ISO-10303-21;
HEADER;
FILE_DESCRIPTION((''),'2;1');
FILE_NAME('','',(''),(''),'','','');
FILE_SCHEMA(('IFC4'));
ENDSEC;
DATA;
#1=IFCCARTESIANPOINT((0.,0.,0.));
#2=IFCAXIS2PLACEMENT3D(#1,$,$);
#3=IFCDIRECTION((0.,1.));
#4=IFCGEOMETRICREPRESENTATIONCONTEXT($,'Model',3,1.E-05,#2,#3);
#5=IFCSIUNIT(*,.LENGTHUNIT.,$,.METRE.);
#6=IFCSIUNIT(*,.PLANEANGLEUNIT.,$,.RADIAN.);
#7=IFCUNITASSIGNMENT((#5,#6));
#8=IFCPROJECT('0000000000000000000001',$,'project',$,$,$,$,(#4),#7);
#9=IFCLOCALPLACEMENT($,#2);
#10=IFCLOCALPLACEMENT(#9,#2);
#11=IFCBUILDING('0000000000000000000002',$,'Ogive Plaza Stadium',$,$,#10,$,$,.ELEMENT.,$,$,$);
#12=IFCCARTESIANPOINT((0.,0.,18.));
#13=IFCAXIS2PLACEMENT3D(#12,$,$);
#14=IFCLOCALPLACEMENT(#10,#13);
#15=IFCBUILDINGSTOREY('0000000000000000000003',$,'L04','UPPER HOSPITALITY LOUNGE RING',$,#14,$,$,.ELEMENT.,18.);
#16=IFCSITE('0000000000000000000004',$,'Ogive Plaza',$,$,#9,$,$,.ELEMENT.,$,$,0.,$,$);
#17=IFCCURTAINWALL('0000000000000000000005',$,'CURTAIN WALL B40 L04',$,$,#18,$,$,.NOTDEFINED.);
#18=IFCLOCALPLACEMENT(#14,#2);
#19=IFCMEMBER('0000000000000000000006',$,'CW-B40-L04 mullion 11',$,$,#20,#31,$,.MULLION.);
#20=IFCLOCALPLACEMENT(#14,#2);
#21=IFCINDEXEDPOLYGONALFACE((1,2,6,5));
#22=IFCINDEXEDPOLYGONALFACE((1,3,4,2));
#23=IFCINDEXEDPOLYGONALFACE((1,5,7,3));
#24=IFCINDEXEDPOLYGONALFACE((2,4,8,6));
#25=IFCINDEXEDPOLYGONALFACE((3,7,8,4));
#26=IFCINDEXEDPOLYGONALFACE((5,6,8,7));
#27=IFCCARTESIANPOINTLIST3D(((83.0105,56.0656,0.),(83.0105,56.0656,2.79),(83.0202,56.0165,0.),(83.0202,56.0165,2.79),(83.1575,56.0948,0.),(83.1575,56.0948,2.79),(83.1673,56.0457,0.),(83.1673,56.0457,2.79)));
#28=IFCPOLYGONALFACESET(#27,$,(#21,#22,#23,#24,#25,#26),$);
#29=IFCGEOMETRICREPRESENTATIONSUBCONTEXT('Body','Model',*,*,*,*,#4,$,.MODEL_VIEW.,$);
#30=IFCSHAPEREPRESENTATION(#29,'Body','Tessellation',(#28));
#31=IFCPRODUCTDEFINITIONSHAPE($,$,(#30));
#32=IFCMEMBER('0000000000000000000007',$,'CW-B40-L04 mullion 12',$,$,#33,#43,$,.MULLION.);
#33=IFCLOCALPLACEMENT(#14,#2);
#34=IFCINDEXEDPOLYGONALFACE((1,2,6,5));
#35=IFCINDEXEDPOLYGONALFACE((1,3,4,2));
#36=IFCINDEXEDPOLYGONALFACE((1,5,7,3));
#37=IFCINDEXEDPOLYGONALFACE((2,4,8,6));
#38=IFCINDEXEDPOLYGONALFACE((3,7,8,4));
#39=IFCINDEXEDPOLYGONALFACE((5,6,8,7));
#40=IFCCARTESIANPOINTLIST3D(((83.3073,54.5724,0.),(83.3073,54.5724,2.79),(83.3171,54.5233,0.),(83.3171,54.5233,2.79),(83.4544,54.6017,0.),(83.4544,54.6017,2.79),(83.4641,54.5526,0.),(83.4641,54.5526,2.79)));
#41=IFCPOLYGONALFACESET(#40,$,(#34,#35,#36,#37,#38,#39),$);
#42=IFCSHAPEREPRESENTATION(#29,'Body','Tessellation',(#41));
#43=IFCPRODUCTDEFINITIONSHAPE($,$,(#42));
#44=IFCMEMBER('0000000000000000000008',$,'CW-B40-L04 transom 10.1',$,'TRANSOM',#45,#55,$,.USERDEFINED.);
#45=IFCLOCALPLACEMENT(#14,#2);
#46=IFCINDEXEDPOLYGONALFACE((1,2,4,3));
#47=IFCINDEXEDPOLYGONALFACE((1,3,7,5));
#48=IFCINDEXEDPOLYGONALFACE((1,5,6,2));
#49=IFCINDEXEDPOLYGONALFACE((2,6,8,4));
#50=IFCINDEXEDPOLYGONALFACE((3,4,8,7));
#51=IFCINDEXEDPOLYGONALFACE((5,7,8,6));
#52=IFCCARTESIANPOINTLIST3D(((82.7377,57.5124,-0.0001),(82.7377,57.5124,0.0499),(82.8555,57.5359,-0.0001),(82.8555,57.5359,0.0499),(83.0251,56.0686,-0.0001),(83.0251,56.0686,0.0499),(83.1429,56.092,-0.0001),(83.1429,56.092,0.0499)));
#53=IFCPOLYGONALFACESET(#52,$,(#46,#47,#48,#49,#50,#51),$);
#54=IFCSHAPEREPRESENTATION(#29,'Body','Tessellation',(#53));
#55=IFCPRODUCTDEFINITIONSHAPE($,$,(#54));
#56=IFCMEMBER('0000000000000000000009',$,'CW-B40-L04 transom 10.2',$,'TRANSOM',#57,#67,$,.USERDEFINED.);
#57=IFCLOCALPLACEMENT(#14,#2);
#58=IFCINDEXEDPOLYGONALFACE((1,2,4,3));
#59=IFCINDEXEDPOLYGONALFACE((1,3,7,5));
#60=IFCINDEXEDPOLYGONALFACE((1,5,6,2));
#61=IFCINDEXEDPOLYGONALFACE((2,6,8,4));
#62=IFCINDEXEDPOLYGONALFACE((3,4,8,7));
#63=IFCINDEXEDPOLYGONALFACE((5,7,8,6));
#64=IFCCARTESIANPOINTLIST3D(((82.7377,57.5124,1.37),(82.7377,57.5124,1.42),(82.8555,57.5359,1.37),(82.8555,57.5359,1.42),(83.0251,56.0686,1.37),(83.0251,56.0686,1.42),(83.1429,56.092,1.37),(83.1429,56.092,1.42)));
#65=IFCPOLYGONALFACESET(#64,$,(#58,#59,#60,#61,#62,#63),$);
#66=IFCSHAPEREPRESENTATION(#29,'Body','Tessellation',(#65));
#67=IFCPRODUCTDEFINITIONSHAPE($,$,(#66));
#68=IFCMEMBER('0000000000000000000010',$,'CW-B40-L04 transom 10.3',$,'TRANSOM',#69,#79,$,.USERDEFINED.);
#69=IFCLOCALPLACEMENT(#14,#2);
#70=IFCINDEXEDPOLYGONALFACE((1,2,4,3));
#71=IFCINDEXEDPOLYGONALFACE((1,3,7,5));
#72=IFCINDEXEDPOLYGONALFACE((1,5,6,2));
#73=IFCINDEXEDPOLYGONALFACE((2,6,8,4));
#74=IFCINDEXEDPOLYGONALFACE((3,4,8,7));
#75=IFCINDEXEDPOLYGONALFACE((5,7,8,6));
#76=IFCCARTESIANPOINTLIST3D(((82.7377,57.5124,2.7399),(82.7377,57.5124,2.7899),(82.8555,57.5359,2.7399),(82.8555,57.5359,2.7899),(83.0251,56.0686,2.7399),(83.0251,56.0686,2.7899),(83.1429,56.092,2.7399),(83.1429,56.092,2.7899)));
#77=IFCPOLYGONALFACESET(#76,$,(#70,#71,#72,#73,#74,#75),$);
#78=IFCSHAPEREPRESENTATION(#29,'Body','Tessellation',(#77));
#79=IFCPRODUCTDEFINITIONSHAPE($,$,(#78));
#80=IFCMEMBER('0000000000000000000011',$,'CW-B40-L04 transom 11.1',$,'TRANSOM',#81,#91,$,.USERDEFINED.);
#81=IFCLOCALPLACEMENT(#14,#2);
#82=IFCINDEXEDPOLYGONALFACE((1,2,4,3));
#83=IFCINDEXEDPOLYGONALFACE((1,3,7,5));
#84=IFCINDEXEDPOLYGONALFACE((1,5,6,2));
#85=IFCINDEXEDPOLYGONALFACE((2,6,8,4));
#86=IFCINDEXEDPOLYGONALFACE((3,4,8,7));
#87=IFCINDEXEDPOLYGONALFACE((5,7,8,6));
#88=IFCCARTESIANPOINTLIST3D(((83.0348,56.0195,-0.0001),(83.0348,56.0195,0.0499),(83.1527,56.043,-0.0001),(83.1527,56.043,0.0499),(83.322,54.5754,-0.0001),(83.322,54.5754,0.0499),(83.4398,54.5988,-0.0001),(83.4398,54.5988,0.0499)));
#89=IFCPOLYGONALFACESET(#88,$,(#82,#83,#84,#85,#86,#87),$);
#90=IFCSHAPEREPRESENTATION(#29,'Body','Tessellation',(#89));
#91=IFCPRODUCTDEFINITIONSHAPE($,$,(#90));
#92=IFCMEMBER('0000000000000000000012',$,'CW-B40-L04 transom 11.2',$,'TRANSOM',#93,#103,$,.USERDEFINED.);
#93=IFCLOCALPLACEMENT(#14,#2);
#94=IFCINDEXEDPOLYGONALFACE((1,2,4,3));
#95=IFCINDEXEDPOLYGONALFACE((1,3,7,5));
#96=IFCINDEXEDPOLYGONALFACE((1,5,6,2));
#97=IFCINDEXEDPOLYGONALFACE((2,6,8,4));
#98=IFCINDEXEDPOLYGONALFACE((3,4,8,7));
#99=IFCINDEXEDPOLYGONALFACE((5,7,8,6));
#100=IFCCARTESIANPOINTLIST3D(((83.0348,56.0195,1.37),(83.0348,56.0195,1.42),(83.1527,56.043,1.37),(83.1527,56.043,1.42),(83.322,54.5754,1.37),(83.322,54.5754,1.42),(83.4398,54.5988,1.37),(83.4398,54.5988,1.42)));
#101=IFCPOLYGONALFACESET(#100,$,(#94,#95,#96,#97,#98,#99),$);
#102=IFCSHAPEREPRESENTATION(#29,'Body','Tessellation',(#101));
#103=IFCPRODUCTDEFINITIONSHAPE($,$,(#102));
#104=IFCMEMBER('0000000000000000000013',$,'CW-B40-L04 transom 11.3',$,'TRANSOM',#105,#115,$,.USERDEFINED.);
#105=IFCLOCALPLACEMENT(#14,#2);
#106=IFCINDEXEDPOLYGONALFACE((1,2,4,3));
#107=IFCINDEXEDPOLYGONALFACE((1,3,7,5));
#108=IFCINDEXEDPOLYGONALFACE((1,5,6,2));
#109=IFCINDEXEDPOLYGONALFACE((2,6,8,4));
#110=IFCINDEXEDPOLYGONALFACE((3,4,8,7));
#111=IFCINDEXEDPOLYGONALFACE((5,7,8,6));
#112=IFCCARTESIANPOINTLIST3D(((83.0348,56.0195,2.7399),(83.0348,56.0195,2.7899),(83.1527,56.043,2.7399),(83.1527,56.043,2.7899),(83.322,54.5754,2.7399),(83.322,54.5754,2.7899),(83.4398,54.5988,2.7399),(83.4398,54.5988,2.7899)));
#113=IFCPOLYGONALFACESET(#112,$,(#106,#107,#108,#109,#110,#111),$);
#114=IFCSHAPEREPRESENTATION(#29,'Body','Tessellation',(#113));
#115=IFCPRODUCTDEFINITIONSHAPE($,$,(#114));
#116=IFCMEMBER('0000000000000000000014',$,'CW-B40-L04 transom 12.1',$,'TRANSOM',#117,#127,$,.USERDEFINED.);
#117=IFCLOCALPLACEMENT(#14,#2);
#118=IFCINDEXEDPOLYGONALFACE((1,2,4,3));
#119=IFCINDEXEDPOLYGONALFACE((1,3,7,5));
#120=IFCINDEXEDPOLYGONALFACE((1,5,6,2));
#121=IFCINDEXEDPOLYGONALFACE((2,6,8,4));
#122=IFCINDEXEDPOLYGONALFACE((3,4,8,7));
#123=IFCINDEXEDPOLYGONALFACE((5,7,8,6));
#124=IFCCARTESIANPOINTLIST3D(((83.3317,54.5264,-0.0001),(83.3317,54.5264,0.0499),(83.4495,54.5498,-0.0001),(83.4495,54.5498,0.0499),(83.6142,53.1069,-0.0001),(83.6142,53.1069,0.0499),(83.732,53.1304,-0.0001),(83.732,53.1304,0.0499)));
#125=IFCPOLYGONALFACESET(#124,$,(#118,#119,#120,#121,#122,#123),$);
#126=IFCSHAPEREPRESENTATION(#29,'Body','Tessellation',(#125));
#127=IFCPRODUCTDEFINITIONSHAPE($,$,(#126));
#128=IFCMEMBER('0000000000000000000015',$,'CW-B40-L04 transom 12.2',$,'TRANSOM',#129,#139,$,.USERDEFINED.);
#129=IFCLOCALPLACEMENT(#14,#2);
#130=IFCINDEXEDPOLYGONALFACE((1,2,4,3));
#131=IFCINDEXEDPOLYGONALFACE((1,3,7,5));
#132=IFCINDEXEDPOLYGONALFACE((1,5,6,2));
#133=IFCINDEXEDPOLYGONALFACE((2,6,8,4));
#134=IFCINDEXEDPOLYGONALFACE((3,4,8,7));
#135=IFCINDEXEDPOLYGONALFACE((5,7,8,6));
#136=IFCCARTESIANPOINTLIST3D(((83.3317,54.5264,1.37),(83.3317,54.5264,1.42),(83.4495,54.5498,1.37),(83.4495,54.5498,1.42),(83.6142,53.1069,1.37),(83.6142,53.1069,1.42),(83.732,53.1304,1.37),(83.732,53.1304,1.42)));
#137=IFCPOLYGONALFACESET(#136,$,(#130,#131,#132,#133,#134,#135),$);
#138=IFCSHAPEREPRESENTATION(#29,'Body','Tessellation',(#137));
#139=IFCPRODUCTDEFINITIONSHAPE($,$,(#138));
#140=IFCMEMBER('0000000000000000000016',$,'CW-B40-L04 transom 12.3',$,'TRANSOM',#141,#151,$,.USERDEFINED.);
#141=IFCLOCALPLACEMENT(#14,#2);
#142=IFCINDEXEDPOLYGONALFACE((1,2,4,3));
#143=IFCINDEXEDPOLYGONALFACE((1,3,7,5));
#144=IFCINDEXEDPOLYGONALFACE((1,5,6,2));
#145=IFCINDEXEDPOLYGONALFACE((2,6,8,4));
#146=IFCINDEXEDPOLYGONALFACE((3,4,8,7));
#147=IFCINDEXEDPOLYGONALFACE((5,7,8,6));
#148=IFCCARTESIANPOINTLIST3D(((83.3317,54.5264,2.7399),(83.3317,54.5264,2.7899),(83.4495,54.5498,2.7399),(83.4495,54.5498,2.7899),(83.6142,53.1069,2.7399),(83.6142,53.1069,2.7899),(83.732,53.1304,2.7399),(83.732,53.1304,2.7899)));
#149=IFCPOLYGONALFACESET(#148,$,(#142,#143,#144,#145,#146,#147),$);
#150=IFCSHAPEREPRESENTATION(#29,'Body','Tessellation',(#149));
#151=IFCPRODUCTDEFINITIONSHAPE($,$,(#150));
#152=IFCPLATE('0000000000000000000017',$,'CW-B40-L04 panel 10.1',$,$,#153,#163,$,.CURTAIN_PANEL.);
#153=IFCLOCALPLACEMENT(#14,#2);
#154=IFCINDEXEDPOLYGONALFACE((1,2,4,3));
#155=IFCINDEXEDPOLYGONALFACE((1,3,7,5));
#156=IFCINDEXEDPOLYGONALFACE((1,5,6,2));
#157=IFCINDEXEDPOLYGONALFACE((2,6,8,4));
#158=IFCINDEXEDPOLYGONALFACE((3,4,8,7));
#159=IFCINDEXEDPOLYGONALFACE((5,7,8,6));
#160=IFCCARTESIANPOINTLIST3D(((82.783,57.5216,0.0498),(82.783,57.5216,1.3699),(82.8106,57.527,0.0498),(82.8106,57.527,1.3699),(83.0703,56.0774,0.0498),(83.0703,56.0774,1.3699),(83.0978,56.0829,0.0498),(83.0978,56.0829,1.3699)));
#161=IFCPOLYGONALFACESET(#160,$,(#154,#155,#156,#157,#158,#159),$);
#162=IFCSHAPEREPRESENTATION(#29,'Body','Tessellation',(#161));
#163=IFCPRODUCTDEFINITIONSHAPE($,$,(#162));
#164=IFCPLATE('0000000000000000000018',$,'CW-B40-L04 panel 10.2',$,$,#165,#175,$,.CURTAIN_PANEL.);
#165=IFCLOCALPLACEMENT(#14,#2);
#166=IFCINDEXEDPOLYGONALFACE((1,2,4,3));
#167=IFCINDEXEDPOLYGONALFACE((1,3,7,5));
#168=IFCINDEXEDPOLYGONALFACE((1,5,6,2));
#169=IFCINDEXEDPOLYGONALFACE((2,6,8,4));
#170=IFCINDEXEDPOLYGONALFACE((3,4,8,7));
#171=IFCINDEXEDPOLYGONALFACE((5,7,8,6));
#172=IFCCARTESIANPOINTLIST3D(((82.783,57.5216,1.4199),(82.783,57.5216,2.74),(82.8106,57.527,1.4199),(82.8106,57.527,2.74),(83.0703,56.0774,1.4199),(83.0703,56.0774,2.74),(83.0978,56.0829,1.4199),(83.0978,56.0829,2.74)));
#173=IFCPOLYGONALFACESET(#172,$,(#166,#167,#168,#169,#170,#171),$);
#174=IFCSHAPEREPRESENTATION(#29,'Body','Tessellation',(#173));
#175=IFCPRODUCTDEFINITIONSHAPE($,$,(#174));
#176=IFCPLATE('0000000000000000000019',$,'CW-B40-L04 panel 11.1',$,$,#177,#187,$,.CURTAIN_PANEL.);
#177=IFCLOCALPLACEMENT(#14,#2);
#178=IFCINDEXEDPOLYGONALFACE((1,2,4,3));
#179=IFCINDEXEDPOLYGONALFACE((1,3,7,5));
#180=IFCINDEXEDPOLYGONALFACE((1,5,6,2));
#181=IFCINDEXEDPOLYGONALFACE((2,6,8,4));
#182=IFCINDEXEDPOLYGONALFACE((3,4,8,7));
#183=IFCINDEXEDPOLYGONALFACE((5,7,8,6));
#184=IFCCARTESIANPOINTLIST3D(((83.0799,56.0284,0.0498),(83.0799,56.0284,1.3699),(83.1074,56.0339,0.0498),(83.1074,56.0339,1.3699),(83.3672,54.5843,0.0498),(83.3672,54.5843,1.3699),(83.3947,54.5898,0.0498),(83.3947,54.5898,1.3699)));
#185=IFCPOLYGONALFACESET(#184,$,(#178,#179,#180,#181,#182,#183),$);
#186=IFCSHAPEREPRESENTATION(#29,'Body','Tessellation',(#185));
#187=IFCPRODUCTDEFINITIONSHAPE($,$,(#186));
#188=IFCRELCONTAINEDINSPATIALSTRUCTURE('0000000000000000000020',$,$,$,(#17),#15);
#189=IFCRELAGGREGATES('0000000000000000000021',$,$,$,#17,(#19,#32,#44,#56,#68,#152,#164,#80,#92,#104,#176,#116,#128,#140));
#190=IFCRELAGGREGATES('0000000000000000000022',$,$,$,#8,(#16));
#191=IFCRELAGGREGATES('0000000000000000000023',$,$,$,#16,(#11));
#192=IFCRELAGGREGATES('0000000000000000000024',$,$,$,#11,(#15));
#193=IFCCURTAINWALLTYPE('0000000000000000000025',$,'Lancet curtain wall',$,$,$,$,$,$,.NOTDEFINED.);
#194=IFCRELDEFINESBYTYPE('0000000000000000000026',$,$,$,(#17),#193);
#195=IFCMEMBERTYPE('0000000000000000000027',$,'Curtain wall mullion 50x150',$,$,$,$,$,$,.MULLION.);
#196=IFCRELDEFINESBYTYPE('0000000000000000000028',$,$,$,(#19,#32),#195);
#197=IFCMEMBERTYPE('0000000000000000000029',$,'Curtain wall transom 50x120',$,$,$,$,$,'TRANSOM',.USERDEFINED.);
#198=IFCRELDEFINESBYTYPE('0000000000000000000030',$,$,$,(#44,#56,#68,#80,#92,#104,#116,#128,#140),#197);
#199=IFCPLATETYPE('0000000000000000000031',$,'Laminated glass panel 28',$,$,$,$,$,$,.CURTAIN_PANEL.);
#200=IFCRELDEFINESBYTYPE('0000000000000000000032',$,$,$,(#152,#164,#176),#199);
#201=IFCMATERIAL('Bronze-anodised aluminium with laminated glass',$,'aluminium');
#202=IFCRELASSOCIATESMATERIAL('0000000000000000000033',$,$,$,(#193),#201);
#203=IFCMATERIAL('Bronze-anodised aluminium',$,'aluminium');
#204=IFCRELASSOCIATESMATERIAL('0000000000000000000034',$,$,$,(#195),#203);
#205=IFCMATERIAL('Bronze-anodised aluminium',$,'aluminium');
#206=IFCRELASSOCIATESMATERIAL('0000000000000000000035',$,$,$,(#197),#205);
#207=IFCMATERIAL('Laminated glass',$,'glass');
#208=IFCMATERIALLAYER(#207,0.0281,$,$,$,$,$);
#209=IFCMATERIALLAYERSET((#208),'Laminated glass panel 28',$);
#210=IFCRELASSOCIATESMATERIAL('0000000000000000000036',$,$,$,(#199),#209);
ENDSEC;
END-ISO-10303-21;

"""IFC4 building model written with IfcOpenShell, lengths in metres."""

from ifc_helpers import new_model, si_unit, direction, frame, origin, origin_2d, place, context, subcontext, project, spatial, rectangle, extrude, material, layer, layer_set, material_profile, profile_set, type_object, element, aggregate, save


model = new_model("IFC4")

# Units and contexts
model_context = context("Model", 3, precision=1e-05, world=origin(), true_north=direction((0.0, 1.0)))
body_context = subcontext(model_context, "Body", "Model", "MODEL_VIEW")
ifc_project = project(units=[si_unit("LENGTHUNIT", "METRE"), si_unit("PLANEANGLEUNIT", "RADIAN")], contexts=[model_context])

# Site, building, storey
site_placement = place(None, origin())
site = spatial("IfcSite", under=ifc_project, at=site_placement, Name="Ogive Plaza", CompositionType="ELEMENT", RefElevation=0.0)
building_placement = place(site_placement, origin())
building = spatial("IfcBuilding", under=site, at=building_placement, Name="Ogive Plaza Stadium", CompositionType="ELEMENT")
storey_placement = place(building_placement, frame((0.0, 0.0, 18.0)))
storey = spatial("IfcBuildingStorey", under=building, at=storey_placement, Name="L04", Description="UPPER HOSPITALITY LOUNGE RING", CompositionType="ELEMENT", Elevation=18.0)

# Curtain wall, members, plates
ifc_material_1 = material(Name="Bronze-anodised aluminium with laminated glass", Category="aluminium")
curtain_wall_type = type_object("IfcCurtainWallType", Name="Lancet curtain wall", PredefinedType="NOTDEFINED", material=ifc_material_1)
curtain_wall_placement = place(storey_placement, origin())
curtain_wall = element("IfcCurtainWall", 1, at=curtain_wall_placement, inside=storey, type_object=curtain_wall_type, Name="CURTAIN WALL B40 L04", PredefinedType="NOTDEFINED")
ifc_material_2 = material(Name="Bronze-anodised aluminium", Category="aluminium")
ifc_material_profile_1 = material_profile(ifc_material_2, rectangle(XDim=0.1499, YDim=0.05, at=origin_2d()), Name="AL 150x50")
ifc_profile_set_1 = profile_set([ifc_material_profile_1], Name="Bronze-anodised aluminium")
member_type_1 = type_object("IfcMemberType", Name="Curtain wall mullion 50x150", PredefinedType="MULLION", material=ifc_profile_set_1)
member_1_placement = place(storey_placement, frame((83.0889, 56.0557, 0.0), z_axis=(0.0, 0.0, 1.0), x_axis=(0.980785, 0.19509, 0.0)))
member_1 = element("IfcMember", 2, at=member_1_placement, type_object=member_type_1, Name="CW-B40-L04 mullion 11", PredefinedType="MULLION", context=body_context, shape_type="SweptSolid", body=[
    extrude(rectangle(XDim=0.1499, YDim=0.05, at=origin_2d()), origin(), (0.0, 0.0, 1.0), 2.79),
])
member_2_placement = place(storey_placement, frame((83.3857, 54.5625, 0.0), z_axis=(0.0, 0.0, 1.0), x_axis=(0.980785, 0.19509, 0.0)))
member_2 = element("IfcMember", 3, at=member_2_placement, type_object=member_type_1, Name="CW-B40-L04 mullion 12", PredefinedType="MULLION", context=body_context, shape_type="SweptSolid", body=[
    extrude(rectangle(XDim=0.1499, YDim=0.05, at=origin_2d()), origin(), (0.0, 0.0, 1.0), 2.79),
])
ifc_material_3 = material(Name="Bronze-anodised aluminium", Category="aluminium")
ifc_material_profile_2 = material_profile(ifc_material_3, rectangle(XDim=0.1201, YDim=0.05, at=origin_2d()), Name="AL 120x50")
ifc_profile_set_2 = profile_set([ifc_material_profile_2], Name="Bronze-anodised aluminium")
member_type_2 = type_object("IfcMemberType", Name="Curtain wall transom 50x120", ElementType="TRANSOM", PredefinedType="USERDEFINED", material=ifc_profile_set_2)
member_3_placement = place(storey_placement, frame((82.7966, 57.5242, 0.0249), z_axis=(0.195191, -0.980765, 0.0), x_axis=(0.980765, 0.195191, 0.0)))
member_3 = element("IfcMember", 4, at=member_3_placement, type_object=member_type_2, Name="CW-B40-L04 transom 10.1", ObjectType="TRANSOM", PredefinedType="USERDEFINED", context=body_context, shape_type="SweptSolid", body=[
    extrude(rectangle(XDim=0.1201, YDim=0.05, at=origin_2d()), origin(), (0.0, 0.0, 1.0), 1.4722),
])
member_4_placement = place(storey_placement, frame((82.7966, 57.5242, 1.395), z_axis=(0.195191, -0.980765, 0.0), x_axis=(0.980765, 0.195191, 0.0)))
member_4 = element("IfcMember", 5, at=member_4_placement, type_object=member_type_2, Name="CW-B40-L04 transom 10.2", ObjectType="TRANSOM", PredefinedType="USERDEFINED", context=body_context, shape_type="SweptSolid", body=[
    extrude(rectangle(XDim=0.1201, YDim=0.05, at=origin_2d()), origin(), (0.0, 0.0, 1.0), 1.4722),
])
member_5_placement = place(storey_placement, frame((82.7966, 57.5242, 2.7649), z_axis=(0.195191, -0.980765, 0.0), x_axis=(0.980765, 0.195191, 0.0)))
member_5 = element("IfcMember", 6, at=member_5_placement, type_object=member_type_2, Name="CW-B40-L04 transom 10.3", ObjectType="TRANSOM", PredefinedType="USERDEFINED", context=body_context, shape_type="SweptSolid", body=[
    extrude(rectangle(XDim=0.1201, YDim=0.05, at=origin_2d()), origin(), (0.0, 0.0, 1.0), 1.4722),
])
member_6_placement = place(storey_placement, frame((83.0938, 56.0312, 0.0249), z_axis=(0.195, -0.980803, 0.0), x_axis=(0.980803, 0.195, 0.0)))
member_6 = element("IfcMember", 7, at=member_6_placement, type_object=member_type_2, Name="CW-B40-L04 transom 11.1", ObjectType="TRANSOM", PredefinedType="USERDEFINED", context=body_context, shape_type="SweptSolid", body=[
    extrude(rectangle(XDim=0.1201, YDim=0.05, at=origin_2d()), origin(), (0.0, 0.0, 1.0), 1.4724),
])
member_7_placement = place(storey_placement, frame((83.0938, 56.0312, 1.395), z_axis=(0.195, -0.980803, 0.0), x_axis=(0.980803, 0.195, 0.0)))
member_7 = element("IfcMember", 8, at=member_7_placement, type_object=member_type_2, Name="CW-B40-L04 transom 11.2", ObjectType="TRANSOM", PredefinedType="USERDEFINED", context=body_context, shape_type="SweptSolid", body=[
    extrude(rectangle(XDim=0.1201, YDim=0.05, at=origin_2d()), origin(), (0.0, 0.0, 1.0), 1.4724),
])
member_8_placement = place(storey_placement, frame((83.0938, 56.0312, 2.7649), z_axis=(0.195, -0.980803, 0.0), x_axis=(0.980803, 0.195, 0.0)))
member_8 = element("IfcMember", 9, at=member_8_placement, type_object=member_type_2, Name="CW-B40-L04 transom 11.3", ObjectType="TRANSOM", PredefinedType="USERDEFINED", context=body_context, shape_type="SweptSolid", body=[
    extrude(rectangle(XDim=0.1201, YDim=0.05, at=origin_2d()), origin(), (0.0, 0.0, 1.0), 1.4724),
])
member_9_placement = place(storey_placement, frame((83.3906, 54.5381, 0.0249), z_axis=(0.195175, -0.980768, 0.0), x_axis=(0.980768, 0.195175, 0.0)))
member_9 = element("IfcMember", 10, at=member_9_placement, type_object=member_type_2, Name="CW-B40-L04 transom 12.1", ObjectType="TRANSOM", PredefinedType="USERDEFINED", context=body_context, shape_type="SweptSolid", body=[
    extrude(rectangle(XDim=0.1201, YDim=0.05, at=origin_2d()), origin(), (0.0, 0.0, 1.0), 1.4473),
])
member_10_placement = place(storey_placement, frame((83.3906, 54.5381, 1.395), z_axis=(0.195175, -0.980768, 0.0), x_axis=(0.980768, 0.195175, 0.0)))
member_10 = element("IfcMember", 11, at=member_10_placement, type_object=member_type_2, Name="CW-B40-L04 transom 12.2", ObjectType="TRANSOM", PredefinedType="USERDEFINED", context=body_context, shape_type="SweptSolid", body=[
    extrude(rectangle(XDim=0.1201, YDim=0.05, at=origin_2d()), origin(), (0.0, 0.0, 1.0), 1.4473),
])
member_11_placement = place(storey_placement, frame((83.3906, 54.5381, 2.7649), z_axis=(0.195175, -0.980768, 0.0), x_axis=(0.980768, 0.195175, 0.0)))
member_11 = element("IfcMember", 12, at=member_11_placement, type_object=member_type_2, Name="CW-B40-L04 transom 12.3", ObjectType="TRANSOM", PredefinedType="USERDEFINED", context=body_context, shape_type="SweptSolid", body=[
    extrude(rectangle(XDim=0.1201, YDim=0.05, at=origin_2d()), origin(), (0.0, 0.0, 1.0), 1.4473),
])
ifc_material_4 = material(Name="Laminated glass", Category="glass")
ifc_layer_1 = layer(ifc_material_4, 0.0281)
ifc_layer_set_1 = layer_set([ifc_layer_1], Name="Laminated glass panel 28")
plate_type = type_object("IfcPlateType", Name="Laminated glass panel 28", PredefinedType="CURTAIN_PANEL", material=ifc_layer_set_1)
plate_1_placement = place(storey_placement, frame((82.9404, 56.8022, 0.0498), z_axis=(0.0, 0.0, 1.0), x_axis=(0.19509, -0.980785, 0.0)))
plate_1 = element("IfcPlate", 13, at=plate_1_placement, type_object=plate_type, Name="CW-B40-L04 panel 10.1", PredefinedType="CURTAIN_PANEL", context=body_context, shape_type="SweptSolid", body=[
    extrude(rectangle(XDim=1.4724, YDim=0.0281, at=origin_2d()), origin(), (0.0, 0.0, 1.0), 1.3201),
])
plate_2_placement = place(storey_placement, frame((82.9404, 56.8022, 1.4199), z_axis=(0.0, 0.0, 1.0), x_axis=(0.19509, -0.980785, 0.0)))
plate_2 = element("IfcPlate", 14, at=plate_2_placement, type_object=plate_type, Name="CW-B40-L04 panel 10.2", PredefinedType="CURTAIN_PANEL", context=body_context, shape_type="SweptSolid", body=[
    extrude(rectangle(XDim=1.4724, YDim=0.0281, at=origin_2d()), origin(), (0.0, 0.0, 1.0), 1.3201),
])
plate_3_placement = place(storey_placement, frame((83.2373, 55.3091, 0.0498), z_axis=(0.0, 0.0, 1.0), x_axis=(0.19509, -0.980785, 0.0)))
plate_3 = element("IfcPlate", 15, at=plate_3_placement, type_object=plate_type, Name="CW-B40-L04 panel 11.1", PredefinedType="CURTAIN_PANEL", context=body_context, shape_type="SweptSolid", body=[
    extrude(rectangle(XDim=1.4724, YDim=0.0281, at=origin_2d()), origin(), (0.0, 0.0, 1.0), 1.3201),
])
aggregate(curtain_wall, [member_1, member_2, member_3, member_4, member_5, plate_1, plate_2, member_6, member_7, member_8, plate_3, member_9, member_10, member_11])

save(model, "model.ifc")
